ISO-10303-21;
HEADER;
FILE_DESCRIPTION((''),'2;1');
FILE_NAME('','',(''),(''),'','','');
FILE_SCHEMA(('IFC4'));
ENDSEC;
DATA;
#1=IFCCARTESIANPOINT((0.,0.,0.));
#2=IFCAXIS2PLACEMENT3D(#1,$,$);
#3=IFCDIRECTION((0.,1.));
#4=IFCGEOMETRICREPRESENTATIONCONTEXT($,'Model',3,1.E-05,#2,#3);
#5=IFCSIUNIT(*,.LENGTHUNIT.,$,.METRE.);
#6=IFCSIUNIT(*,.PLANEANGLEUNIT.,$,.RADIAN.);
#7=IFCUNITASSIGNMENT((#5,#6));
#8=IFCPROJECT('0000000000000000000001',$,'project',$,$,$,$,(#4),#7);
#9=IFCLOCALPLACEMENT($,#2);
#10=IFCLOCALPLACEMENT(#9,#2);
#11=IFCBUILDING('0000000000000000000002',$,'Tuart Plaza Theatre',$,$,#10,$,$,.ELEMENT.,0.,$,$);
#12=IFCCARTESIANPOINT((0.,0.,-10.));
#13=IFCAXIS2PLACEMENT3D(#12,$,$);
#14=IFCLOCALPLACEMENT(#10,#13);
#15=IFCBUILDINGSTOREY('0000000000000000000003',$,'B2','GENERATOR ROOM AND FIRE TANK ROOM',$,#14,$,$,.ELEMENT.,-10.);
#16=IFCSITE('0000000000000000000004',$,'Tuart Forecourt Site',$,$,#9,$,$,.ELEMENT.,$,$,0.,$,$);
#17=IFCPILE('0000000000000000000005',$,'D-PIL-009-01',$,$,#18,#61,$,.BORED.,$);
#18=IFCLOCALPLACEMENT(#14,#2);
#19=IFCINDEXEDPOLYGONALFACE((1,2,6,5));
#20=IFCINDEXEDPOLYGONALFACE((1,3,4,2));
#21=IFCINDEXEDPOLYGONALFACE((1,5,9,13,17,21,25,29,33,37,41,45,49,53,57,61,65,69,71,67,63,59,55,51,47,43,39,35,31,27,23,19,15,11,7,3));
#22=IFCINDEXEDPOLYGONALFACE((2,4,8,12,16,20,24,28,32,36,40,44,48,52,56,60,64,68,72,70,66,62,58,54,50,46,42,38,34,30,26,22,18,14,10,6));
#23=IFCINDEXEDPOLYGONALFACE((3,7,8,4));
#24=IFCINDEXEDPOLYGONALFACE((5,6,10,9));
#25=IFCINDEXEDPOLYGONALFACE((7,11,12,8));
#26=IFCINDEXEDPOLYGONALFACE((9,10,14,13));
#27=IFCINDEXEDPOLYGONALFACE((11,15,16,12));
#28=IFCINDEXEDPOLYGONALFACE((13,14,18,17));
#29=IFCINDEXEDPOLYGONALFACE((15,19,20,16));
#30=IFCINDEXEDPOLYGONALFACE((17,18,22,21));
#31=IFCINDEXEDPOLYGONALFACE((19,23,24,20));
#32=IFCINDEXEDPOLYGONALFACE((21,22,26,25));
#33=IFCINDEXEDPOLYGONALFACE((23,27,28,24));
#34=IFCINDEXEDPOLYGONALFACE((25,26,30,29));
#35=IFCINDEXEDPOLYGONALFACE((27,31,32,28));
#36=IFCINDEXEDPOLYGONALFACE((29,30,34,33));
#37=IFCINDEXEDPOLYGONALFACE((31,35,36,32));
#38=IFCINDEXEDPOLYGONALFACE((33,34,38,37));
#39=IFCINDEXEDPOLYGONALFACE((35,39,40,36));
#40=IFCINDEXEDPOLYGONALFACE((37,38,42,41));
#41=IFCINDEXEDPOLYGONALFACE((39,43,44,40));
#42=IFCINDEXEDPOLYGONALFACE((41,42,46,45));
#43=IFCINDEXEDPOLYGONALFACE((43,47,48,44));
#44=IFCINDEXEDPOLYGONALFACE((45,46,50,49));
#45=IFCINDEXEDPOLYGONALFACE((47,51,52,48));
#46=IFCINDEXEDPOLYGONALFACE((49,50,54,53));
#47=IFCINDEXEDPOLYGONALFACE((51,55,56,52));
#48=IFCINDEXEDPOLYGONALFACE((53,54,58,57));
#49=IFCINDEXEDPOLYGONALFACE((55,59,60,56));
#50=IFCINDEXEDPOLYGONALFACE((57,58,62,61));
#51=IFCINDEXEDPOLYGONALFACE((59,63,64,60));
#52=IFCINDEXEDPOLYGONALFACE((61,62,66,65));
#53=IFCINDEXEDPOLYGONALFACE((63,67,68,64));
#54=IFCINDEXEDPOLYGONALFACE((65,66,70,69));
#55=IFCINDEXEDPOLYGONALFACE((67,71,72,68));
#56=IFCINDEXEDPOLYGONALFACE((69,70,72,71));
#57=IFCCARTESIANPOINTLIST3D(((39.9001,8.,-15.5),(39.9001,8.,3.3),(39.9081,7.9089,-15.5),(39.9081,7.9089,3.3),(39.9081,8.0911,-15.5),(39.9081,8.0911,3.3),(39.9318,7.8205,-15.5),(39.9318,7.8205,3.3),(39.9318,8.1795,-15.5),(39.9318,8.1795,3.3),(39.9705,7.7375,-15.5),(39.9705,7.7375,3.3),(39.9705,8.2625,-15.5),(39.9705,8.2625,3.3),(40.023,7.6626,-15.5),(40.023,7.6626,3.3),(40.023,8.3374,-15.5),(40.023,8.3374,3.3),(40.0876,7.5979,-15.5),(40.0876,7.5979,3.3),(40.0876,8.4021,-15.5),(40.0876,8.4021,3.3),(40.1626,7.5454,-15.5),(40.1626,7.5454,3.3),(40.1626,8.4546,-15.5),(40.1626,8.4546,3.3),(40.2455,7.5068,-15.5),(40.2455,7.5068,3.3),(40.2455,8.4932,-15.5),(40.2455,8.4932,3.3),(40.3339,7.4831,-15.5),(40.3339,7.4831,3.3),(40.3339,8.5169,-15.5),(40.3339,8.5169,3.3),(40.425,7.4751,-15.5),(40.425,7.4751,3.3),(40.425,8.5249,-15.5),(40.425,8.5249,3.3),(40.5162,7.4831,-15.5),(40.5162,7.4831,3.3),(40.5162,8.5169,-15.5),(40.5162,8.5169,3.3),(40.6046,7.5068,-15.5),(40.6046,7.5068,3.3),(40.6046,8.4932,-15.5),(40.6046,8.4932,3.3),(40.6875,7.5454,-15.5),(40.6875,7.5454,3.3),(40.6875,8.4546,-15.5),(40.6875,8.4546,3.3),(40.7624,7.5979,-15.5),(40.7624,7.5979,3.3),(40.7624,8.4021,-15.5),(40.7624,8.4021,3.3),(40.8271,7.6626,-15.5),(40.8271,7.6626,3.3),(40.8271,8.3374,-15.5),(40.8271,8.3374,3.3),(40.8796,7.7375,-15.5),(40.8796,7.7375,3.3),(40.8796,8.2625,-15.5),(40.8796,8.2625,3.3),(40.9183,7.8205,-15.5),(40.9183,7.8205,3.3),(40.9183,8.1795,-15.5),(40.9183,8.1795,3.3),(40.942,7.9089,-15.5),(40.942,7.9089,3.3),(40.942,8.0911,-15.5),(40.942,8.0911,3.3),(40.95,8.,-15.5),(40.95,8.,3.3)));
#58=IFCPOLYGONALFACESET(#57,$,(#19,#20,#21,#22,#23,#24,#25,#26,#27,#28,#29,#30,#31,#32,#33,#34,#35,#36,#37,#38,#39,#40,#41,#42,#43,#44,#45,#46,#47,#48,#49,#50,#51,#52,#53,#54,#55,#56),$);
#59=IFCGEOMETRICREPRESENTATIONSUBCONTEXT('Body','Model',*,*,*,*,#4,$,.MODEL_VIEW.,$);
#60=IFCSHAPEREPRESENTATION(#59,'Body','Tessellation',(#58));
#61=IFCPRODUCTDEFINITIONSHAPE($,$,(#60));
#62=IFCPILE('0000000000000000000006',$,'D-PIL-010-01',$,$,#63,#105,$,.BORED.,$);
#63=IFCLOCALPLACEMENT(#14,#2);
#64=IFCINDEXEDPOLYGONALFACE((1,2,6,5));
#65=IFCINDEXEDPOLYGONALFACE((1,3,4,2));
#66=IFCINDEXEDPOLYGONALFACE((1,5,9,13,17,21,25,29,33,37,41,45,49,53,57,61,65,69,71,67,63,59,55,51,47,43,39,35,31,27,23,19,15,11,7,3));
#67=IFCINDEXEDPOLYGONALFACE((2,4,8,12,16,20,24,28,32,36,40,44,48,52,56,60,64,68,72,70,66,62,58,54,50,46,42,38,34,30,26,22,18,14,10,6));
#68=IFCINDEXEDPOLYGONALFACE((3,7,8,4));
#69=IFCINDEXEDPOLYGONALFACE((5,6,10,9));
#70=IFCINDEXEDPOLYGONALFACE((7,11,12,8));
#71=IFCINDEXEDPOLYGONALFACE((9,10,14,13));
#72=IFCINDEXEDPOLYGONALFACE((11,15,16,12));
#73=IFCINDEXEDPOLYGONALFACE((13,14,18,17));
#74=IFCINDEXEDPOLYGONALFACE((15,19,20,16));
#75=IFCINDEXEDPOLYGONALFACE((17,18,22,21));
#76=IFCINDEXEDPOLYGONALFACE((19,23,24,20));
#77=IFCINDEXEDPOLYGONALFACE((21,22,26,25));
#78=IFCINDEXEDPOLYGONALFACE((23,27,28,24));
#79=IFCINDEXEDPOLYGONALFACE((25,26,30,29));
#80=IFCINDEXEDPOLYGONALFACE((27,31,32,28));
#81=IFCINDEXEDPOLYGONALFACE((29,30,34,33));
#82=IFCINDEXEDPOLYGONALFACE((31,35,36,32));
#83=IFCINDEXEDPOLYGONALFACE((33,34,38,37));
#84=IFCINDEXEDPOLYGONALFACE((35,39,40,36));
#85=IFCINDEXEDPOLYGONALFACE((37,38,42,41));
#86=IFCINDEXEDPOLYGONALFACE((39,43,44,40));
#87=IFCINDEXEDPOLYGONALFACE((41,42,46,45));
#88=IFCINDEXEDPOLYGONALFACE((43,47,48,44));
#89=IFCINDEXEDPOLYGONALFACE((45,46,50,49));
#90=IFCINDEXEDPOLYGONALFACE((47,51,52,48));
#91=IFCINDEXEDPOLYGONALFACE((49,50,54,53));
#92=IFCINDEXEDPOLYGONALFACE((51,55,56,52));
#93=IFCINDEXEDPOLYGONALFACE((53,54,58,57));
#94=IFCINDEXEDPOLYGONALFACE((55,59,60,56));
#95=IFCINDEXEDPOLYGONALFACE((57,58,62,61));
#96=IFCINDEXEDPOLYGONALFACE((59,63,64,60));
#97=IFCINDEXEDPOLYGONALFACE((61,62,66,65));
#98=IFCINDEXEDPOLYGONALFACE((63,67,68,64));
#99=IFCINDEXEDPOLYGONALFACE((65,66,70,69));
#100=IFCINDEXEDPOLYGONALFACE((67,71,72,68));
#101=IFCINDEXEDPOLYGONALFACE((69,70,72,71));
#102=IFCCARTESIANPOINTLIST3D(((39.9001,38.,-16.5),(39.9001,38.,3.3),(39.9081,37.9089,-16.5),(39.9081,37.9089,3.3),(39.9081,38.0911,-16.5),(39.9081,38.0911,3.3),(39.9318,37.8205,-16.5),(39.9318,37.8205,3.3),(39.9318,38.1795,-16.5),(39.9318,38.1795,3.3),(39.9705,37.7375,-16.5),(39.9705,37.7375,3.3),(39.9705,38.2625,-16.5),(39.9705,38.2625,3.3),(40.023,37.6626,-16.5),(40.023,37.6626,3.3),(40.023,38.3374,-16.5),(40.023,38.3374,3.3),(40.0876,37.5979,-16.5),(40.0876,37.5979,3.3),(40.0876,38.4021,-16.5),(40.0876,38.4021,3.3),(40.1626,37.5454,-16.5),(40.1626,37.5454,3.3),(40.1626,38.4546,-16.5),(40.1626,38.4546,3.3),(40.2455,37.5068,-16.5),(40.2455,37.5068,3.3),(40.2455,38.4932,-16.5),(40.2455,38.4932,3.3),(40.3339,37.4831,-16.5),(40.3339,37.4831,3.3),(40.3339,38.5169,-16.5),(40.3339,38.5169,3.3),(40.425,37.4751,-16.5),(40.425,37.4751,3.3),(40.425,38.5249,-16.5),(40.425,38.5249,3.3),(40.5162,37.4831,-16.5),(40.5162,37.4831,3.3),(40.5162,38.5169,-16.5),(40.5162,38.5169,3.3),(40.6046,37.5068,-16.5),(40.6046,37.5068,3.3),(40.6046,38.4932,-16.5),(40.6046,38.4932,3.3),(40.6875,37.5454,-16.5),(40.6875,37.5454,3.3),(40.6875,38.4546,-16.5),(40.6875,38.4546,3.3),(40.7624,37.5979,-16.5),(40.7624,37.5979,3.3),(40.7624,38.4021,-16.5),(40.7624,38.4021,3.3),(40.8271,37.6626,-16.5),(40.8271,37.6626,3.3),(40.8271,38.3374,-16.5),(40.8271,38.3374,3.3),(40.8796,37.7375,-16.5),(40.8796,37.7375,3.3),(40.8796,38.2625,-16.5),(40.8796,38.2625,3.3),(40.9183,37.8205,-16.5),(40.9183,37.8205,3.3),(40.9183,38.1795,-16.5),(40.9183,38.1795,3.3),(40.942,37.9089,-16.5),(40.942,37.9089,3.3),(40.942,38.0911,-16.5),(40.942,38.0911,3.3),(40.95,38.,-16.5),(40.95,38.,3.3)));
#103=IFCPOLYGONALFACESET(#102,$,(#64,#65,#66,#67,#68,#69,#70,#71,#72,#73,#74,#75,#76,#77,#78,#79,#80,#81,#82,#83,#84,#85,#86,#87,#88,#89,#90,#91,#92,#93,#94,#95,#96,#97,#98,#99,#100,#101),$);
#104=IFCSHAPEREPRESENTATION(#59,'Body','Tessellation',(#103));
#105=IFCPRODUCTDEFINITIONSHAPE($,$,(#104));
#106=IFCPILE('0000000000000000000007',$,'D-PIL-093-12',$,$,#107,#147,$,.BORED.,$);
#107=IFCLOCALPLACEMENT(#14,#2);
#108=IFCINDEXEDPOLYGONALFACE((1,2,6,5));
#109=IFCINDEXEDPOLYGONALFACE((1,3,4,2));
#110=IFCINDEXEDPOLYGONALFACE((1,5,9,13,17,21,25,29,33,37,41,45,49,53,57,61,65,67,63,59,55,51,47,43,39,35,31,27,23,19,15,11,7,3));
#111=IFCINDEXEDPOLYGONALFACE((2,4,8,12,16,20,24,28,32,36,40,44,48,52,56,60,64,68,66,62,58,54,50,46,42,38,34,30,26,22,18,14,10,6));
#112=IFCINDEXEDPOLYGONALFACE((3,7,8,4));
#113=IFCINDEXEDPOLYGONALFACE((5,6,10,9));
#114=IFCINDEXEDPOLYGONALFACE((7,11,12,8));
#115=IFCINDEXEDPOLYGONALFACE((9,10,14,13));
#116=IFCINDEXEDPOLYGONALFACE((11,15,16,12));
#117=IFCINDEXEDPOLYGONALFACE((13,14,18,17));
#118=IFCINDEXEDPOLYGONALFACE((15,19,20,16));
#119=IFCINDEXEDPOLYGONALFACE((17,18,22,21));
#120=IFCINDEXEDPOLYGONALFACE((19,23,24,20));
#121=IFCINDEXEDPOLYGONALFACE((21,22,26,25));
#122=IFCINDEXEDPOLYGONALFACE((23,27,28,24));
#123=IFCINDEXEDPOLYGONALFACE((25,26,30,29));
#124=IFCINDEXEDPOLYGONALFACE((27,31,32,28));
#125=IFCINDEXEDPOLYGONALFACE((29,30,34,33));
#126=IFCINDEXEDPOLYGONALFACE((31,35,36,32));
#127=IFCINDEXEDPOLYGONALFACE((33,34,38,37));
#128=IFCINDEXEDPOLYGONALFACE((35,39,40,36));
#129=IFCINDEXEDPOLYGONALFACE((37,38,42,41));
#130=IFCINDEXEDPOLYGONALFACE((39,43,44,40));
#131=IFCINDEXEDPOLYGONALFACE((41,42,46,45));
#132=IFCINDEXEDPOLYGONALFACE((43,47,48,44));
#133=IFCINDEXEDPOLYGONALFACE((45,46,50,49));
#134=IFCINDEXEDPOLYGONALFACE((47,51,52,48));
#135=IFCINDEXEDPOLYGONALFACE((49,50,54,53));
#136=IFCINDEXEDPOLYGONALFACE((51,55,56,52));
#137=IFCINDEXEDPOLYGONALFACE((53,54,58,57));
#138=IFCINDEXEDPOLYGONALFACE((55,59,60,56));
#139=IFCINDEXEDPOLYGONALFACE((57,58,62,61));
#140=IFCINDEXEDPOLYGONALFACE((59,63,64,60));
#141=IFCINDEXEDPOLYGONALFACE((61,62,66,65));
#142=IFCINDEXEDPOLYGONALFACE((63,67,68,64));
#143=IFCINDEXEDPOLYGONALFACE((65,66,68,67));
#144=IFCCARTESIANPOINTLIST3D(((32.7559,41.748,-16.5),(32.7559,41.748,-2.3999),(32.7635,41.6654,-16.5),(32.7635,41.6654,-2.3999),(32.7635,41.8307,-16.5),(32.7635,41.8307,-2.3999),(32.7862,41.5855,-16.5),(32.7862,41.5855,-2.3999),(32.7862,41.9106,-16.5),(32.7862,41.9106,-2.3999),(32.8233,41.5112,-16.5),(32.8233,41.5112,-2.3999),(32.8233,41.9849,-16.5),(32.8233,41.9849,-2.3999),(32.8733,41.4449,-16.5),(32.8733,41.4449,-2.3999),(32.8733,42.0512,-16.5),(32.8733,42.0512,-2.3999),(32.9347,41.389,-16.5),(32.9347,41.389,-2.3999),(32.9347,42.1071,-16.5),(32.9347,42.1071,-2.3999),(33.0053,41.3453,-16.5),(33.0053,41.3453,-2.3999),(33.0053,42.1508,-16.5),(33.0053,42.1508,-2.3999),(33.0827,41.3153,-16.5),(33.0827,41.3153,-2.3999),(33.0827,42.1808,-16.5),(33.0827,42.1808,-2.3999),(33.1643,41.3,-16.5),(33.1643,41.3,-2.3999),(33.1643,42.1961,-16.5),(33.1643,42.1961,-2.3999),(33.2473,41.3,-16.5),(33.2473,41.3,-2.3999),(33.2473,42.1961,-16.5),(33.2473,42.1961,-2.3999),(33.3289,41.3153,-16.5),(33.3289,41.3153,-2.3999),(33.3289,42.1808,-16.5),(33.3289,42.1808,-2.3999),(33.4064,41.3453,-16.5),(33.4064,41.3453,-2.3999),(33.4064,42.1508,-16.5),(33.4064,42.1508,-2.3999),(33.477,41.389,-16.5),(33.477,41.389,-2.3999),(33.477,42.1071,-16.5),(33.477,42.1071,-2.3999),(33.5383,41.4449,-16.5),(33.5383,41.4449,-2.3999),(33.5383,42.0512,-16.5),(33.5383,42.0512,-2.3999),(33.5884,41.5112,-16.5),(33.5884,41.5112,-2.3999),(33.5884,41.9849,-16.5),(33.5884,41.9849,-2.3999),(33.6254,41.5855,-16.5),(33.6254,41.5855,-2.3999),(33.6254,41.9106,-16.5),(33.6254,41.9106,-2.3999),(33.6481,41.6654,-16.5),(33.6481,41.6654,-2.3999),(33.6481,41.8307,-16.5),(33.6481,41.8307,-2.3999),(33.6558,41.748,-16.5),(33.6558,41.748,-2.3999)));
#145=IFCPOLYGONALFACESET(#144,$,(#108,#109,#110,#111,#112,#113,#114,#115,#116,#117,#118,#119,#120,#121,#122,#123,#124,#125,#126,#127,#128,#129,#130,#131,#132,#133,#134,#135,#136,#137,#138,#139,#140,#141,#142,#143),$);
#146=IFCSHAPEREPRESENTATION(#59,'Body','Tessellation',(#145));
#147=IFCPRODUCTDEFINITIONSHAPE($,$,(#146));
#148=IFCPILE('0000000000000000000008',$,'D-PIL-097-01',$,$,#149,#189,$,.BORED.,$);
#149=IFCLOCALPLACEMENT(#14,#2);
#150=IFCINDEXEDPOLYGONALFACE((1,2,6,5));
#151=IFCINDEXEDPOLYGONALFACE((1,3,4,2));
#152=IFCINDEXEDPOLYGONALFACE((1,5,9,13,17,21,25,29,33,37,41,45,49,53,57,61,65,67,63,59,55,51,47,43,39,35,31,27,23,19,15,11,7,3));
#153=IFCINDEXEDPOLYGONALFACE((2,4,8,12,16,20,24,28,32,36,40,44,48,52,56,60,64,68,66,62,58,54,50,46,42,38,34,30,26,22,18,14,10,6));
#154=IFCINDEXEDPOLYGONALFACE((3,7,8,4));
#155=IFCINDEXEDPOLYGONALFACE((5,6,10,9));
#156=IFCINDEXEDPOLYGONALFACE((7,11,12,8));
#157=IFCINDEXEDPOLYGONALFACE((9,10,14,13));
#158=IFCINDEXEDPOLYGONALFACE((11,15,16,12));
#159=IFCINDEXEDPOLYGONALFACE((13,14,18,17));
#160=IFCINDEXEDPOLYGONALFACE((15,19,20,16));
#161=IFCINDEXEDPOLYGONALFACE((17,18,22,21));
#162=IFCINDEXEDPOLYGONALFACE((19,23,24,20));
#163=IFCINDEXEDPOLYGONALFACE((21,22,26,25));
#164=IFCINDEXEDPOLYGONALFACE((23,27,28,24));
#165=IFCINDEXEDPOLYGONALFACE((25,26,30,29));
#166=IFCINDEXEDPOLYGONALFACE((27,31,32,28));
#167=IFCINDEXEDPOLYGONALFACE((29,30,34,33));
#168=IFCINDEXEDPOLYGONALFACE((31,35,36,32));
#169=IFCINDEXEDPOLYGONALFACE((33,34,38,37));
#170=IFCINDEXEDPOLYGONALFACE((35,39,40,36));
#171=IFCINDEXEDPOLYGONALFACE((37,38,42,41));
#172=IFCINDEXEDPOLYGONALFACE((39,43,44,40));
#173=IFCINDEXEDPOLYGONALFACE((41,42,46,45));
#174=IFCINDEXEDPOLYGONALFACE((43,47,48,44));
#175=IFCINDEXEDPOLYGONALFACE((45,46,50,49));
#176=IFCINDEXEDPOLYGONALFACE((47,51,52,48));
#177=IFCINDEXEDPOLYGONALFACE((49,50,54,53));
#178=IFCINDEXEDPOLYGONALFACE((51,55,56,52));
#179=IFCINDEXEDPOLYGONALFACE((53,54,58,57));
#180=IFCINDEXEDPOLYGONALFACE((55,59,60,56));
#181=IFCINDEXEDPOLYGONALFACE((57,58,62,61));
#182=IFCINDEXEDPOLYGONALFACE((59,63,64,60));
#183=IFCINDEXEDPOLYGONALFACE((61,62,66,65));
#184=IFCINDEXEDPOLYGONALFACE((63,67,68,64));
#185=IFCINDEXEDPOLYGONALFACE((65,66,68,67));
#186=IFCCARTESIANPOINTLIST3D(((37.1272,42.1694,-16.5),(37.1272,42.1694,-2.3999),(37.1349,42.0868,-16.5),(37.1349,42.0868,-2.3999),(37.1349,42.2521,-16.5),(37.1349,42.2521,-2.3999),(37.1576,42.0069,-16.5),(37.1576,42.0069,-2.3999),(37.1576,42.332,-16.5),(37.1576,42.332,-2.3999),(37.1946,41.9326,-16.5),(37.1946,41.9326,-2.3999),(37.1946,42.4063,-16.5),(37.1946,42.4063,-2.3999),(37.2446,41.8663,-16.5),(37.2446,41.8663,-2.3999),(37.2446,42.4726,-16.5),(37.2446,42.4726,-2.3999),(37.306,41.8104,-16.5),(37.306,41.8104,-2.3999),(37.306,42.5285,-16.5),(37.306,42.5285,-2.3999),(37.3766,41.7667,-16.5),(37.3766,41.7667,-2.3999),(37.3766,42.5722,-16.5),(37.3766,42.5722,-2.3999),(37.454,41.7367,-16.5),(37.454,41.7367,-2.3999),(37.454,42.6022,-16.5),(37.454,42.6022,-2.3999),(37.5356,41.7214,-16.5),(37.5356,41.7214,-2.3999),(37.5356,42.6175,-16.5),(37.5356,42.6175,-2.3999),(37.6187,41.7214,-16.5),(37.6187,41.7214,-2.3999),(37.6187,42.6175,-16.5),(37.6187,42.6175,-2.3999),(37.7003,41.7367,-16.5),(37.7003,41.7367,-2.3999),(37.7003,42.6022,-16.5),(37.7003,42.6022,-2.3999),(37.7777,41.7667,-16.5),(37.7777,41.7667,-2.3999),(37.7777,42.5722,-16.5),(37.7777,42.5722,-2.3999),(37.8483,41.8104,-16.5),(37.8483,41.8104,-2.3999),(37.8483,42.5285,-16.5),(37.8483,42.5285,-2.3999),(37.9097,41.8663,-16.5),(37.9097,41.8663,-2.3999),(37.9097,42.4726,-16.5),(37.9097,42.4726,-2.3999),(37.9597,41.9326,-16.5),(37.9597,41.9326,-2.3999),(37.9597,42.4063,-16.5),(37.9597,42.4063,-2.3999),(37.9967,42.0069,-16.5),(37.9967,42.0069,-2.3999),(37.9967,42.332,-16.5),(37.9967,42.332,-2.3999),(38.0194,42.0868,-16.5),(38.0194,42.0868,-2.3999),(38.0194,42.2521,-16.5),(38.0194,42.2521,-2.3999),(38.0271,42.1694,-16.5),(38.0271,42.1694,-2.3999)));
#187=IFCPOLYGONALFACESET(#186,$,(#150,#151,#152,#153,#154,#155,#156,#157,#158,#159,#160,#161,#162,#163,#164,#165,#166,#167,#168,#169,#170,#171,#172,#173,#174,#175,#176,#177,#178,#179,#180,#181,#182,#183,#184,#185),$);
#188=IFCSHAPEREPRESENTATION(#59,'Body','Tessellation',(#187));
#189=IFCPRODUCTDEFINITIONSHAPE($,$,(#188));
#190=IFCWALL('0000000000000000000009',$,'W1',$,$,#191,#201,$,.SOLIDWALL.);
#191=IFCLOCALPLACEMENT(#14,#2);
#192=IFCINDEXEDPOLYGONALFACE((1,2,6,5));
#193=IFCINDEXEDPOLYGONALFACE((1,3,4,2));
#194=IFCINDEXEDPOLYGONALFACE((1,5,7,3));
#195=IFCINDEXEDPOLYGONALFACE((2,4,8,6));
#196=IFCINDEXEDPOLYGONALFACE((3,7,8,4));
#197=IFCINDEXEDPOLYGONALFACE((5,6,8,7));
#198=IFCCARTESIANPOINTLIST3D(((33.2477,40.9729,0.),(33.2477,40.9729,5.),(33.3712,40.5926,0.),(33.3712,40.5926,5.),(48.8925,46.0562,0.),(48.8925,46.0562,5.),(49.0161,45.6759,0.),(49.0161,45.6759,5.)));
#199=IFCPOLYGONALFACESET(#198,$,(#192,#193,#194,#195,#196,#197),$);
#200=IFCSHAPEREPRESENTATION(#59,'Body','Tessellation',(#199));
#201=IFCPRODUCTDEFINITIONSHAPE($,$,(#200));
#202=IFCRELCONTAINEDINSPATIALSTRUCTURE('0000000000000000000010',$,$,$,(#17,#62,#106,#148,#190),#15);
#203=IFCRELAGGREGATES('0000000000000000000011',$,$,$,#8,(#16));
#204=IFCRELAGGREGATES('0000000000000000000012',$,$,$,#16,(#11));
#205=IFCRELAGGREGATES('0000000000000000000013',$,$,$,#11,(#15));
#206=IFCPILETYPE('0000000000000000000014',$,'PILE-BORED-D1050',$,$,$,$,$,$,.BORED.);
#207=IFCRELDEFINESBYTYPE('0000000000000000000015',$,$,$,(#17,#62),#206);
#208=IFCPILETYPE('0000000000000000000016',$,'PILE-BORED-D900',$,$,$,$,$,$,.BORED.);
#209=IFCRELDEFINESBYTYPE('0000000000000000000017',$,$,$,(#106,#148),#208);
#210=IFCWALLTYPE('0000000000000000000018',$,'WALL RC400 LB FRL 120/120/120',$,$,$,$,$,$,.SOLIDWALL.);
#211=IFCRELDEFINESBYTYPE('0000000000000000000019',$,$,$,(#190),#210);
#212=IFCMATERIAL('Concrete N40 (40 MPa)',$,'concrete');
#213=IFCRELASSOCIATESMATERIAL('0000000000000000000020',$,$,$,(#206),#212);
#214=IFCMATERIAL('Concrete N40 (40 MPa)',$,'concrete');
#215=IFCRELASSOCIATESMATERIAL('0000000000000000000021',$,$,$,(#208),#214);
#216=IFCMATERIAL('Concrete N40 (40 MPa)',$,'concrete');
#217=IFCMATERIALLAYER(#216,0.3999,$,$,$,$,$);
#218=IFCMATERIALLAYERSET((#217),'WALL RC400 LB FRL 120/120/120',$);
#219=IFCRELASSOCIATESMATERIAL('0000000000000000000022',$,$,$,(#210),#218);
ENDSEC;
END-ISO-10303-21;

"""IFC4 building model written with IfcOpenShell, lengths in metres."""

from ifc_helpers import new_model, si_unit, direction, frame, frame_2d, origin, origin_2d, place, context, subcontext, project, spatial, rectangle, circle, extrude, material, layer, layer_set, material_profile, profile_set, type_object, element, save


model = new_model("IFC4")

# Units and contexts
model_context = context("Model", 3, precision=1e-05, world=origin(), true_north=direction((0.0, 1.0)))
body_context = subcontext(model_context, "Body", "Model", "MODEL_VIEW")
ifc_project = project(units=[si_unit("LENGTHUNIT", "METRE"), si_unit("PLANEANGLEUNIT", "RADIAN")], contexts=[model_context])

# Site, building, storey
site_placement = place(None, origin())
site = spatial("IfcSite", under=ifc_project, at=site_placement, Name="Tuart Forecourt Site", CompositionType="ELEMENT", RefElevation=0.0)
building_placement = place(site_placement, origin())
building = spatial("IfcBuilding", under=site, at=building_placement, Name="Tuart Plaza Theatre", CompositionType="ELEMENT", ElevationOfRefHeight=0.0)
storey_placement = place(building_placement, frame((0.0, 0.0, -10.0)))
storey = spatial("IfcBuildingStorey", under=building, at=storey_placement, Name="B2", Description="GENERATOR ROOM AND FIRE TANK ROOM", CompositionType="ELEMENT", Elevation=-10.0)

# Piles
ifc_material_1 = material(Name="Concrete N40 (40 MPa)", Category="concrete")
ifc_material_profile_1 = material_profile(ifc_material_1, circle(Radius=0.5249, at=origin_2d()), Name="PILE-BORED-D1050")
ifc_profile_set_1 = profile_set([ifc_material_profile_1], Name="Concrete N40 (40 MPa)")
pile_type_1 = type_object("IfcPileType", Name="PILE-BORED-D1050", PredefinedType="BORED", material=ifc_profile_set_1)
pile_1_placement = place(storey_placement, frame((40.425, 8.0, 3.3), z_axis=(0.0, 0.0, -1.0), x_axis=(1.0, 0.0, 0.0)))
element("IfcPile", 1, at=pile_1_placement, inside=storey, type_object=pile_type_1, Name="D-PIL-009-01", PredefinedType="BORED", context=body_context, shape_type="SweptSolid", body=[
    extrude(circle(Radius=0.5249, at=origin_2d()), origin(), (0.0, 0.0, 1.0), 18.8),
])
pile_2_placement = place(storey_placement, frame((40.425, 38.0, 3.3), z_axis=(0.0, 0.0, -1.0), x_axis=(1.0, 0.0, 0.0)))
element("IfcPile", 2, at=pile_2_placement, inside=storey, type_object=pile_type_1, Name="D-PIL-010-01", PredefinedType="BORED", context=body_context, shape_type="SweptSolid", body=[
    extrude(circle(Radius=0.5249, at=origin_2d()), origin(), (0.0, 0.0, 1.0), 19.8),
])
ifc_material_2 = material(Name="Concrete N40 (40 MPa)", Category="concrete")
ifc_material_profile_2 = material_profile(ifc_material_2, circle(Radius=0.45, at=origin_2d()), Name="PILE-BORED-D900")
ifc_profile_set_2 = profile_set([ifc_material_profile_2], Name="Concrete N40 (40 MPa)")
pile_type_2 = type_object("IfcPileType", Name="PILE-BORED-D900", PredefinedType="BORED", material=ifc_profile_set_2)
for number, where, z_axis, x_axis, name in (
    (3, (33.2058, 41.748, -2.3999), (0.0, 0.0, -1.0), (1.0, 0.0, 0.0), "D-PIL-093-12"),
    (4, (37.5771, 42.1694, -2.3999), (0.0, 0.0, -1.0), (1.0, 0.0, 0.0), "D-PIL-097-01"),
):
    element("IfcPile", number, at=place(storey_placement, frame(where, z_axis=z_axis, x_axis=x_axis)), inside=storey, type_object=pile_type_2, Name=name, PredefinedType="BORED", context=body_context, shape_type="SweptSolid", body=[
        extrude(circle(Radius=0.45, at=origin_2d()), origin(), (0.0, 0.0, 1.0), 14.1001),
    ])

# Wall
ifc_material_3 = material(Name="Concrete N40 (40 MPa)", Category="concrete")
ifc_layer = layer(ifc_material_3, 0.3999)
ifc_layer_set = layer_set([ifc_layer], Name="WALL RC400 LB FRL 120/120/120")
wall_type = type_object("IfcWallType", Name="WALL RC400 LB FRL 120/120/120", PredefinedType="SOLIDWALL", material=ifc_layer_set)
wall_placement = place(storey_placement, frame((33.3093, 40.7827, 0.0), z_axis=(0.0, 0.0, 1.0), x_axis=(0.951057, 0.309015, 0.0)))
element("IfcWall", 5, at=wall_placement, inside=storey, type_object=wall_type, Name="W1", PredefinedType="SOLIDWALL", context=body_context, shape_type="SweptSolid", body=[
    extrude(rectangle(XDim=16.45, YDim=0.3999, at=frame_2d((8.2251, 0.0))), origin(), (0.0, 0.0, 1.0), 5.0),
])

save(model, "model.ifc")
